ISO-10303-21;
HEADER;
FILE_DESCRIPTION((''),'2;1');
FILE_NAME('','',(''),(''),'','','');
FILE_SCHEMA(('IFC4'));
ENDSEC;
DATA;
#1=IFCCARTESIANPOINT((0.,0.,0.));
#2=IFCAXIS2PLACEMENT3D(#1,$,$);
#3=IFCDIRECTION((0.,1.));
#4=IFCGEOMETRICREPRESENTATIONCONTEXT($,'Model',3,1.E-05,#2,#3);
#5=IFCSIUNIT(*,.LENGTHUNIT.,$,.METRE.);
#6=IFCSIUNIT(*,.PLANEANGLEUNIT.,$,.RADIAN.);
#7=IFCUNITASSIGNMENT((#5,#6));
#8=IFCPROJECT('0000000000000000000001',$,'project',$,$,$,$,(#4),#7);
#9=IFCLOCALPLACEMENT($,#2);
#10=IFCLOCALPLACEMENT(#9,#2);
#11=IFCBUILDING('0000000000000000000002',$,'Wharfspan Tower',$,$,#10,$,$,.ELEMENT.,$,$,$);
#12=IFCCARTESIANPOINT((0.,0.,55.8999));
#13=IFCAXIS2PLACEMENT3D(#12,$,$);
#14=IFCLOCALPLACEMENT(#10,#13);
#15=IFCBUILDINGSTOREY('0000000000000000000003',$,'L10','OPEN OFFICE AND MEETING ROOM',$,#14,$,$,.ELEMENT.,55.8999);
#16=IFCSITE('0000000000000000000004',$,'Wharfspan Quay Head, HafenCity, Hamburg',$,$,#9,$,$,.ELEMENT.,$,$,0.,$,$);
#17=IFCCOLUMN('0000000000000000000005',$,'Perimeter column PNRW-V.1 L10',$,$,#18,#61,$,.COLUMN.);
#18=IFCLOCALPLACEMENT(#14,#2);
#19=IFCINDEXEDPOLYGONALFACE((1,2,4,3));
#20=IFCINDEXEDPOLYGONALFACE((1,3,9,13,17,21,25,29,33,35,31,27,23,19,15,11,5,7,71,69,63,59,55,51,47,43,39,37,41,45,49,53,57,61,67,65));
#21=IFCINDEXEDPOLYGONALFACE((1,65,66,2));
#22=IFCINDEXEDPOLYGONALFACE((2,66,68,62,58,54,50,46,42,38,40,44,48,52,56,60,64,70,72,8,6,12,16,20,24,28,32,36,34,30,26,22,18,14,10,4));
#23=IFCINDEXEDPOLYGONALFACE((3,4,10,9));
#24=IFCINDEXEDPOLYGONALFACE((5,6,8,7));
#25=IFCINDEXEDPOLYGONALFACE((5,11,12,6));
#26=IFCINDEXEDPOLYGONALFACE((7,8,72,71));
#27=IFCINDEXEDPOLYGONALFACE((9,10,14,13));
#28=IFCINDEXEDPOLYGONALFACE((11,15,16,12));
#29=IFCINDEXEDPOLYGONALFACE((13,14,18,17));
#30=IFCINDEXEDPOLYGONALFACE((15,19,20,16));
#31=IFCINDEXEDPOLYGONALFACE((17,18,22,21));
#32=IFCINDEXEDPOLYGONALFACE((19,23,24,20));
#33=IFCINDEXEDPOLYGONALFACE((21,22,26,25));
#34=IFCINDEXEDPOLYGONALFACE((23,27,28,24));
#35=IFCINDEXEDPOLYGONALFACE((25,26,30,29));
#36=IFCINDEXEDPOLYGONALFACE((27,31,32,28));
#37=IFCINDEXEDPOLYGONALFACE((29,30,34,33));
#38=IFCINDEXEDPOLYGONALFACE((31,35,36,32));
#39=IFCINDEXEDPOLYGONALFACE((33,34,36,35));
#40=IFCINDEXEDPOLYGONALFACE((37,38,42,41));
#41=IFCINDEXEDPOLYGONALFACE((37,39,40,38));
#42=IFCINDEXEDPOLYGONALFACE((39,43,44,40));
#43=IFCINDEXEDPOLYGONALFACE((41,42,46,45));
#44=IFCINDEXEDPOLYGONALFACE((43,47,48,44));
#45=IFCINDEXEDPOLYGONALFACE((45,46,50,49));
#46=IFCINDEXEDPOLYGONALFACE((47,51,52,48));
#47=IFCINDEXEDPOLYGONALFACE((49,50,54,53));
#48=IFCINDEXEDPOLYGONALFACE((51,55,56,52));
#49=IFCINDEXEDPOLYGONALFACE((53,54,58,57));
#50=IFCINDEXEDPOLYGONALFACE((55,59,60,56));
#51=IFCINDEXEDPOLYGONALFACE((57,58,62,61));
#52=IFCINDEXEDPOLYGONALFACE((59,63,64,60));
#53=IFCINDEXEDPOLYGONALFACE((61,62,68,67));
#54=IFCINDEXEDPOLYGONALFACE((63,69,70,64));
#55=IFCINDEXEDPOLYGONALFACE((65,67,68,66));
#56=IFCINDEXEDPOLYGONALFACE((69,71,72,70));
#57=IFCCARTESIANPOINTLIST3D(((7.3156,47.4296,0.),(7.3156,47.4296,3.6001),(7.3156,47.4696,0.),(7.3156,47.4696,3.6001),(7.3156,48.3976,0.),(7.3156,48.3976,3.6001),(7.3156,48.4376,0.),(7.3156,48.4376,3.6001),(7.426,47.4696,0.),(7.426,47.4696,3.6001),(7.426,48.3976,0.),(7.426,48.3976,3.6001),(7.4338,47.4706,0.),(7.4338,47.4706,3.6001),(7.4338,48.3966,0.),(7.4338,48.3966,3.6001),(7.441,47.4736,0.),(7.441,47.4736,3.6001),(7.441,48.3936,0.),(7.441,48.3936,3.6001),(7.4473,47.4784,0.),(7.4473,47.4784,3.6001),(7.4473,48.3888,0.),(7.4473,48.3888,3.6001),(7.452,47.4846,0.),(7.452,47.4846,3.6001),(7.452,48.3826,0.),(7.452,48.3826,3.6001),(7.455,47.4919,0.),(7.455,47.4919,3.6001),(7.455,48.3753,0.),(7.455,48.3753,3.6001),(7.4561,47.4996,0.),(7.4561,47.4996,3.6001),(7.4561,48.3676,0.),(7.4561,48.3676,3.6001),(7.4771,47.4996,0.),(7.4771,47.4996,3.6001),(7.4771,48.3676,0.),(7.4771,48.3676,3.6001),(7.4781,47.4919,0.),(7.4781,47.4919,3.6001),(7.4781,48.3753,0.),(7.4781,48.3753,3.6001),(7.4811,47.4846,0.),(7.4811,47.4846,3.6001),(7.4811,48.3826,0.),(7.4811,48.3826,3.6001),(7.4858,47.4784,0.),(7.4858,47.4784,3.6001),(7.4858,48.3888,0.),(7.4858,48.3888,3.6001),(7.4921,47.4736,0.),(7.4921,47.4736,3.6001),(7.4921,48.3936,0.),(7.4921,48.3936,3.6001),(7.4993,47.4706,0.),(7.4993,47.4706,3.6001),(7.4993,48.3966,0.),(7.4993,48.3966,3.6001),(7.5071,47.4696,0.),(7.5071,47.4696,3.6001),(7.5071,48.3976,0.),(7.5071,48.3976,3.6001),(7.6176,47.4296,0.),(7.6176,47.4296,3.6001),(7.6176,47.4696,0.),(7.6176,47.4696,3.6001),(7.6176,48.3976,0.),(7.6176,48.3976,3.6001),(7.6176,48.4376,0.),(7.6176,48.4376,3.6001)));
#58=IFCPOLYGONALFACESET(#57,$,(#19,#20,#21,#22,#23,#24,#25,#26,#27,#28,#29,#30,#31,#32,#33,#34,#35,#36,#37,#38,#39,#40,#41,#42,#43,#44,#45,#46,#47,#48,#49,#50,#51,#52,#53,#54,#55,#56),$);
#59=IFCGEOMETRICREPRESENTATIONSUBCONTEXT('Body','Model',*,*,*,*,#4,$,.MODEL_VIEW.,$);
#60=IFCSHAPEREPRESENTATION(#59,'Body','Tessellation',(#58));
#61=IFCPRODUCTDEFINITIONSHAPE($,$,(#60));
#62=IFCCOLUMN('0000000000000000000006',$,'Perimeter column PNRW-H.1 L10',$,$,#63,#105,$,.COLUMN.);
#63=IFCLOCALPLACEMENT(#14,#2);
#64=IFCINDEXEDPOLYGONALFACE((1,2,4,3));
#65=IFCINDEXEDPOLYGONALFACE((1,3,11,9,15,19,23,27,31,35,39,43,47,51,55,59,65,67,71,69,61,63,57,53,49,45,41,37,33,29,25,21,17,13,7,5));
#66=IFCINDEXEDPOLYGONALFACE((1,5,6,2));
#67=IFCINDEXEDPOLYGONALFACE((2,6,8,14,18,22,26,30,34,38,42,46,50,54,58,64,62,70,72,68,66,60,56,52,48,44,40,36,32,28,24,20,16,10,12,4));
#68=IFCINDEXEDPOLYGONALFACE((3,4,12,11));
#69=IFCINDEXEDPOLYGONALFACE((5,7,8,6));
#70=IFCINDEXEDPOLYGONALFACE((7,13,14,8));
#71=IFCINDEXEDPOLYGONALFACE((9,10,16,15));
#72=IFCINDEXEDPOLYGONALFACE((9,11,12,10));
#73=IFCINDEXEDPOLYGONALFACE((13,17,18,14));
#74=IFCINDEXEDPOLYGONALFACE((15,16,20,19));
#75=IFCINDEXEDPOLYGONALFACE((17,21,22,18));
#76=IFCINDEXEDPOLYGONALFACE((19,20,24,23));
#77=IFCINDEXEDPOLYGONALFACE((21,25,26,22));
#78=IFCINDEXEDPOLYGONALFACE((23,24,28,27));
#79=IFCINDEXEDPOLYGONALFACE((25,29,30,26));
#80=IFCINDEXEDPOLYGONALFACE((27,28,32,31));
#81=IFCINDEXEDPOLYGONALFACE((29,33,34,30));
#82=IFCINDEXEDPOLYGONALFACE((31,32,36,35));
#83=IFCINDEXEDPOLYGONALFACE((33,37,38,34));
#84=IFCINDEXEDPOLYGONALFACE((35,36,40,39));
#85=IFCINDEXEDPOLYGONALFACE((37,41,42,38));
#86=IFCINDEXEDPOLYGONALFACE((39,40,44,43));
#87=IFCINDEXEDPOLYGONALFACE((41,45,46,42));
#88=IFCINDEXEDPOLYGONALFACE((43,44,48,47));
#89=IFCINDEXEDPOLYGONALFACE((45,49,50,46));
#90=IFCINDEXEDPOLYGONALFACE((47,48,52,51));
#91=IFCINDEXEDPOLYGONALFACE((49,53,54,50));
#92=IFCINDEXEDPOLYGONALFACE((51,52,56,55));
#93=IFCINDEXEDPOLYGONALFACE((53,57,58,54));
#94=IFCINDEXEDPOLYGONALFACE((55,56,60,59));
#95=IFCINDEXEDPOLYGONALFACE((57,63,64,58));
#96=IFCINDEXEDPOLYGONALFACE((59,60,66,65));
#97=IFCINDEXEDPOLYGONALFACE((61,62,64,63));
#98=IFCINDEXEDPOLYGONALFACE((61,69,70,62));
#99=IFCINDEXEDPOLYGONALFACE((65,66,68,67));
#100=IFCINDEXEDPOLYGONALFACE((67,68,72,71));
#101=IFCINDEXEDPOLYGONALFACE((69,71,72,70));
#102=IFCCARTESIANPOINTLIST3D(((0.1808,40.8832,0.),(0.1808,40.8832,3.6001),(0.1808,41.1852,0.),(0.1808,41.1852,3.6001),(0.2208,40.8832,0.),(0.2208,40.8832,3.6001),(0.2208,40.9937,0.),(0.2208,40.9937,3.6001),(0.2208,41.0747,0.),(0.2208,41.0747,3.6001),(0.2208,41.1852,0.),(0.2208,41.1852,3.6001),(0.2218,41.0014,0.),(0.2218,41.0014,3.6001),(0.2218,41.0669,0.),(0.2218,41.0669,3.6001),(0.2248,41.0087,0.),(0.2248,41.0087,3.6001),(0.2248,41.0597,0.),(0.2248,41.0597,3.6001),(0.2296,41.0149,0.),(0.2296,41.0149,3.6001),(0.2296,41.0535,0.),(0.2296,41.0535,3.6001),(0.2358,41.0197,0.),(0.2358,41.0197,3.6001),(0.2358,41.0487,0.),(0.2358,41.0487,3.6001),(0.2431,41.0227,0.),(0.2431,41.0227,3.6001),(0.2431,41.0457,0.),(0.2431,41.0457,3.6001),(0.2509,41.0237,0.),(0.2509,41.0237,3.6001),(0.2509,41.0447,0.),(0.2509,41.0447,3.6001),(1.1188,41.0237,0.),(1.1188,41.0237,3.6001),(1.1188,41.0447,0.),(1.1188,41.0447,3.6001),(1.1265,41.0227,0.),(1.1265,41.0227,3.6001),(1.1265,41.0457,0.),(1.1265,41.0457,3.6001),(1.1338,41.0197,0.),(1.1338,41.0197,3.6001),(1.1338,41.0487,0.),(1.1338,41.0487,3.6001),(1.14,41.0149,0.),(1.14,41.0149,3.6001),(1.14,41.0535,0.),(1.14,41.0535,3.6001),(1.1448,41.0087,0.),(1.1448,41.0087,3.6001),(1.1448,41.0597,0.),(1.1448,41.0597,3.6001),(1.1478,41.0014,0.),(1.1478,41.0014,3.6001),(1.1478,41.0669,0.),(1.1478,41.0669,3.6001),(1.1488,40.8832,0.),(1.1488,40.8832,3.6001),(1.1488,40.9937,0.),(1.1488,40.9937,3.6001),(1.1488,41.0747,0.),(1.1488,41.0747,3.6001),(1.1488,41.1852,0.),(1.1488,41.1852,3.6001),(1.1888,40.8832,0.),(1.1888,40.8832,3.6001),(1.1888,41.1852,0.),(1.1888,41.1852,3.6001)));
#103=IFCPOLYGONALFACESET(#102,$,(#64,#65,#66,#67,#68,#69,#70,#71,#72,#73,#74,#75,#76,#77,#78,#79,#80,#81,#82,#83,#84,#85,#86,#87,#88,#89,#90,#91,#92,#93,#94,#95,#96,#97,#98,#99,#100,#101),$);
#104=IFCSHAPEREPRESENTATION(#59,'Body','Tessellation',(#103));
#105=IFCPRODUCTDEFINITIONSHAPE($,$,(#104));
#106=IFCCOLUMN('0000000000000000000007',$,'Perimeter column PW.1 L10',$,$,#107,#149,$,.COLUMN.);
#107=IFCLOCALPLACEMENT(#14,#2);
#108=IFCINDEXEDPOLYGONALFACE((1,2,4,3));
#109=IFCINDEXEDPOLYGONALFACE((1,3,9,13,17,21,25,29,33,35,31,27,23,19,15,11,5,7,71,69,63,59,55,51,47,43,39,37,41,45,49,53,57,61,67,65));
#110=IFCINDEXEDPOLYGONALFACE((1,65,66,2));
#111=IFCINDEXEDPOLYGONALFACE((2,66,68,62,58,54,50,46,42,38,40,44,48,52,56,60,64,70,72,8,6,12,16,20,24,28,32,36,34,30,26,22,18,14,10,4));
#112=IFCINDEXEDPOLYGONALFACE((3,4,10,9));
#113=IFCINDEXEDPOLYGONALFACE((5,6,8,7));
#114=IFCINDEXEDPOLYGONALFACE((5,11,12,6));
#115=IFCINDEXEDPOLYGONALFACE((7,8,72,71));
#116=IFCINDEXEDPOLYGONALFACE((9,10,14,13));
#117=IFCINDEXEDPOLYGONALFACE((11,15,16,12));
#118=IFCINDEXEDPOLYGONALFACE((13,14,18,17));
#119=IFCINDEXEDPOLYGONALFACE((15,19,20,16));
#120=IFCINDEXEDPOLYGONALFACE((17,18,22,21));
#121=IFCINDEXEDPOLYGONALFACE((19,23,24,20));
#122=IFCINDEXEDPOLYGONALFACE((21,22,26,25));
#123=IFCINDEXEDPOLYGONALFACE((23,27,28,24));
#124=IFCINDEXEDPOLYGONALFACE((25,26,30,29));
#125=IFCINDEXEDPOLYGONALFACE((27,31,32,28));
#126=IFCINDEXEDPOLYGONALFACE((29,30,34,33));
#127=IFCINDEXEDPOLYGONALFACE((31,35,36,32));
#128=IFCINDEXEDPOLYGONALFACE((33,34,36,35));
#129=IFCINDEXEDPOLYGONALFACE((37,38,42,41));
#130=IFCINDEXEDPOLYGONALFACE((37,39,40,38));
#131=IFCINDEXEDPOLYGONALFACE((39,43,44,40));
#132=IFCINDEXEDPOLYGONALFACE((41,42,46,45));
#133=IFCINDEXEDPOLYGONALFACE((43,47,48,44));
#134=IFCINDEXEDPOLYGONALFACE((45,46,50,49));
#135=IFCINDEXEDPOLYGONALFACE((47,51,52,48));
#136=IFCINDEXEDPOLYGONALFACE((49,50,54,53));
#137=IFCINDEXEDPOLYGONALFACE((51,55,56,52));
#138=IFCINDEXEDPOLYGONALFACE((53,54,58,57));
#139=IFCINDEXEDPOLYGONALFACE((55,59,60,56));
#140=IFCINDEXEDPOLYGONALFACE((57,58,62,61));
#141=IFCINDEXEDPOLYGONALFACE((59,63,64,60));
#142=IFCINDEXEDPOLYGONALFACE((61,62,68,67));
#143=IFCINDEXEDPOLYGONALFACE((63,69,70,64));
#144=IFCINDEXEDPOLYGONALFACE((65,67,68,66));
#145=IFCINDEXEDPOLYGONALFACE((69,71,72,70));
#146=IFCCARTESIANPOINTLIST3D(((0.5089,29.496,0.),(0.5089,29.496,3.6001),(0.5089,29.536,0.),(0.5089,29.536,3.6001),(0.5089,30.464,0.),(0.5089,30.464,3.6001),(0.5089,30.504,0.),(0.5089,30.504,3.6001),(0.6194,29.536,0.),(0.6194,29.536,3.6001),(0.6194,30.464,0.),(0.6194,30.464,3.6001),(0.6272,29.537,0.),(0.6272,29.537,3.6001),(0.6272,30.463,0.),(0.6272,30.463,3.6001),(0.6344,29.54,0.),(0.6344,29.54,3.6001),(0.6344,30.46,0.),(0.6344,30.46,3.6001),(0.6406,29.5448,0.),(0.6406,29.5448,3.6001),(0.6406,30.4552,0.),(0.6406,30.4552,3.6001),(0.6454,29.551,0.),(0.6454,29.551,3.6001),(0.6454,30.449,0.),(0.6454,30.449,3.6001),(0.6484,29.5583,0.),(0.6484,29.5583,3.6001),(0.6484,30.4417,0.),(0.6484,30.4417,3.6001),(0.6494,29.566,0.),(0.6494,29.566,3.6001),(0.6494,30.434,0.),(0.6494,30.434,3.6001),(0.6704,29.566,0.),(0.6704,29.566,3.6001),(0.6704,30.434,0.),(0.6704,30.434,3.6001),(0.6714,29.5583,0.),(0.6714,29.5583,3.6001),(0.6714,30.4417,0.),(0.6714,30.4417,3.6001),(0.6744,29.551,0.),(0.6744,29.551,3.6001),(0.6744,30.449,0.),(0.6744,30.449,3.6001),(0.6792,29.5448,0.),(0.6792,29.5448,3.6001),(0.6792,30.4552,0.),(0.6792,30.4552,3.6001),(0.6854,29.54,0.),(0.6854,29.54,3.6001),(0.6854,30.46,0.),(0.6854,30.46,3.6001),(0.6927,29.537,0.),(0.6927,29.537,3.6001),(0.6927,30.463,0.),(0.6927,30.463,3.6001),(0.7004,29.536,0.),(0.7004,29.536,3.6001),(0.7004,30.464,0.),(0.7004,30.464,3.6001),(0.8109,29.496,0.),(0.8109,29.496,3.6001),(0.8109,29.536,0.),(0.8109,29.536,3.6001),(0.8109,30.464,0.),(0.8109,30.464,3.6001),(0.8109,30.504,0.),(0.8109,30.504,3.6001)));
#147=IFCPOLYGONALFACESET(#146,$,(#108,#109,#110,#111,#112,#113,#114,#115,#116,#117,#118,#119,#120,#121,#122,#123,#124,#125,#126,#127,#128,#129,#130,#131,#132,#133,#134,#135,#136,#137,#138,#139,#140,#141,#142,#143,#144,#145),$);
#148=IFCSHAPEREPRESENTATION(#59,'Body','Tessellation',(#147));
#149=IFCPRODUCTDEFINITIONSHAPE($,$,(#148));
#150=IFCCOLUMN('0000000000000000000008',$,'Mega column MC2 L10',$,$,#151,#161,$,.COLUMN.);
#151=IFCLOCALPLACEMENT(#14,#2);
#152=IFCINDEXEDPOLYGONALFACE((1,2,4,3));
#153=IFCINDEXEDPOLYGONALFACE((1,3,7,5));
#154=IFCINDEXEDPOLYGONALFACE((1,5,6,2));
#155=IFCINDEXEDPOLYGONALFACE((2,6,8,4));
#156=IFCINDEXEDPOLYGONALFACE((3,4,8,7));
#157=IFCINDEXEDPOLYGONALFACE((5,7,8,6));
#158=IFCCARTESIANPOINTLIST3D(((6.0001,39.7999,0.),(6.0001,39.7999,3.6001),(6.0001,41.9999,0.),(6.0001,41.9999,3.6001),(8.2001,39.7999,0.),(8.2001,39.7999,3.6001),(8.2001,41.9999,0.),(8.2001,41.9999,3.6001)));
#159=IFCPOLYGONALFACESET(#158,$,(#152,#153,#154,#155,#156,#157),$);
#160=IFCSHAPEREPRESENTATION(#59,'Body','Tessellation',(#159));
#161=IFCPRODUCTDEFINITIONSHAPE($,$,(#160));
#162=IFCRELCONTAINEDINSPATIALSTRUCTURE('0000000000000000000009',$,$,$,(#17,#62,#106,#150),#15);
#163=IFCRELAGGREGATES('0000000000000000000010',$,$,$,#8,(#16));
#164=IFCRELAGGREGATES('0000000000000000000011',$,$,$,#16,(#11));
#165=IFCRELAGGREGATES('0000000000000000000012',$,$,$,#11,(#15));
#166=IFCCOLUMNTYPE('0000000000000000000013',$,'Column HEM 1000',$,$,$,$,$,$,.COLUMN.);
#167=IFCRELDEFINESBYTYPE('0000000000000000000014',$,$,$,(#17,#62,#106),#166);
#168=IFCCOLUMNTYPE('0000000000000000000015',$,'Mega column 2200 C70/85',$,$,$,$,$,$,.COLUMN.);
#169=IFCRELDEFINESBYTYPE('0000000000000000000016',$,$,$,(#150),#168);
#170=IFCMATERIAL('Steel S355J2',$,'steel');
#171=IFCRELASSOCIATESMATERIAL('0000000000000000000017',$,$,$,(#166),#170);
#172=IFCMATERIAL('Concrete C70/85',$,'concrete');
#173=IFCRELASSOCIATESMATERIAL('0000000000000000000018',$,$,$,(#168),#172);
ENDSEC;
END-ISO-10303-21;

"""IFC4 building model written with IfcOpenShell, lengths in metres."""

from ifc_helpers import new_model, si_unit, direction, frame, origin, origin_2d, place, context, subcontext, project, spatial, rectangle, i_section, extrude, material, material_profile, profile_set, type_object, element, save


model = new_model("IFC4")

# Units and contexts
model_context = context("Model", 3, precision=1e-05, world=origin(), true_north=direction((0.0, 1.0)))
body_context = subcontext(model_context, "Body", "Model", "MODEL_VIEW")
ifc_project = project(units=[si_unit("LENGTHUNIT", "METRE"), si_unit("PLANEANGLEUNIT", "RADIAN")], contexts=[model_context])

# Site, building, storey
site_placement = place(None, origin())
site = spatial("IfcSite", under=ifc_project, at=site_placement, Name="Wharfspan Quay Head, HafenCity, Hamburg", CompositionType="ELEMENT", RefElevation=0.0)
building_placement = place(site_placement, origin())
building = spatial("IfcBuilding", under=site, at=building_placement, Name="Wharfspan Tower", CompositionType="ELEMENT")
storey_placement = place(building_placement, frame((0.0, 0.0, 55.8999)))
storey = spatial("IfcBuildingStorey", under=building, at=storey_placement, Name="L10", Description="OPEN OFFICE AND MEETING ROOM", CompositionType="ELEMENT", Elevation=55.8999)

# Columns
ifc_material_1 = material(Name="Steel S355J2", Category="steel")
ifc_material_profile_1 = material_profile(ifc_material_1, i_section(OverallWidth=0.302, OverallDepth=1.0081, WebThickness=0.021, FlangeThickness=0.04, FilletRadius=0.03, at=origin_2d()))
ifc_profile_set_1 = profile_set([ifc_material_profile_1], Name="Steel S355J2")
column_type_1 = type_object("IfcColumnType", Name="Column HEM 1000", PredefinedType="COLUMN", material=ifc_profile_set_1)
for number, where, z_axis, x_axis, name in (
    (1, (7.4666, 47.9336, 0.0), (0.0, 0.0, 1.0), (-1.0, 0.0, 0.0), "Perimeter column PNRW-V.1 L10"),
    (2, (0.6848, 41.0342, 0.0), (0.0, 0.0, 1.0), (0.0, 1.0, 0.0), "Perimeter column PNRW-H.1 L10"),
    (3, (0.6599, 30.0, 0.0), (0.0, 0.0, 1.0), (-1.0, 0.0, 0.0), "Perimeter column PW.1 L10"),
):
    element("IfcColumn", number, at=place(storey_placement, frame(where, z_axis=z_axis, x_axis=x_axis)), inside=storey, type_object=column_type_1, Name=name, PredefinedType="COLUMN", context=body_context, shape_type="SweptSolid", body=[
        extrude(i_section(OverallWidth=0.302, OverallDepth=1.0081, WebThickness=0.021, FlangeThickness=0.04, FilletRadius=0.03, at=origin_2d()), origin(), (0.0, 0.0, 1.0), 3.6001),
    ])
ifc_material_2 = material(Name="Concrete C70/85", Category="concrete")
ifc_material_profile_2 = material_profile(ifc_material_2, rectangle(XDim=2.2, YDim=2.2, at=origin_2d()))
ifc_profile_set_2 = profile_set([ifc_material_profile_2], Name="Concrete C70/85")
column_type_2 = type_object("IfcColumnType", Name="Mega column 2200 C70/85", PredefinedType="COLUMN", material=ifc_profile_set_2)
column_placement = place(storey_placement, frame((7.1001, 40.8999, 0.0), z_axis=(0.0, 0.0, 1.0), x_axis=(1.0, 0.0, 0.0)))
element("IfcColumn", 4, at=column_placement, inside=storey, type_object=column_type_2, Name="Mega column MC2 L10", PredefinedType="COLUMN", context=body_context, shape_type="SweptSolid", body=[
    extrude(rectangle(XDim=2.2, YDim=2.2, at=origin_2d()), origin(), (0.0, 0.0, 1.0), 3.6001),
])

save(model, "model.ifc")
